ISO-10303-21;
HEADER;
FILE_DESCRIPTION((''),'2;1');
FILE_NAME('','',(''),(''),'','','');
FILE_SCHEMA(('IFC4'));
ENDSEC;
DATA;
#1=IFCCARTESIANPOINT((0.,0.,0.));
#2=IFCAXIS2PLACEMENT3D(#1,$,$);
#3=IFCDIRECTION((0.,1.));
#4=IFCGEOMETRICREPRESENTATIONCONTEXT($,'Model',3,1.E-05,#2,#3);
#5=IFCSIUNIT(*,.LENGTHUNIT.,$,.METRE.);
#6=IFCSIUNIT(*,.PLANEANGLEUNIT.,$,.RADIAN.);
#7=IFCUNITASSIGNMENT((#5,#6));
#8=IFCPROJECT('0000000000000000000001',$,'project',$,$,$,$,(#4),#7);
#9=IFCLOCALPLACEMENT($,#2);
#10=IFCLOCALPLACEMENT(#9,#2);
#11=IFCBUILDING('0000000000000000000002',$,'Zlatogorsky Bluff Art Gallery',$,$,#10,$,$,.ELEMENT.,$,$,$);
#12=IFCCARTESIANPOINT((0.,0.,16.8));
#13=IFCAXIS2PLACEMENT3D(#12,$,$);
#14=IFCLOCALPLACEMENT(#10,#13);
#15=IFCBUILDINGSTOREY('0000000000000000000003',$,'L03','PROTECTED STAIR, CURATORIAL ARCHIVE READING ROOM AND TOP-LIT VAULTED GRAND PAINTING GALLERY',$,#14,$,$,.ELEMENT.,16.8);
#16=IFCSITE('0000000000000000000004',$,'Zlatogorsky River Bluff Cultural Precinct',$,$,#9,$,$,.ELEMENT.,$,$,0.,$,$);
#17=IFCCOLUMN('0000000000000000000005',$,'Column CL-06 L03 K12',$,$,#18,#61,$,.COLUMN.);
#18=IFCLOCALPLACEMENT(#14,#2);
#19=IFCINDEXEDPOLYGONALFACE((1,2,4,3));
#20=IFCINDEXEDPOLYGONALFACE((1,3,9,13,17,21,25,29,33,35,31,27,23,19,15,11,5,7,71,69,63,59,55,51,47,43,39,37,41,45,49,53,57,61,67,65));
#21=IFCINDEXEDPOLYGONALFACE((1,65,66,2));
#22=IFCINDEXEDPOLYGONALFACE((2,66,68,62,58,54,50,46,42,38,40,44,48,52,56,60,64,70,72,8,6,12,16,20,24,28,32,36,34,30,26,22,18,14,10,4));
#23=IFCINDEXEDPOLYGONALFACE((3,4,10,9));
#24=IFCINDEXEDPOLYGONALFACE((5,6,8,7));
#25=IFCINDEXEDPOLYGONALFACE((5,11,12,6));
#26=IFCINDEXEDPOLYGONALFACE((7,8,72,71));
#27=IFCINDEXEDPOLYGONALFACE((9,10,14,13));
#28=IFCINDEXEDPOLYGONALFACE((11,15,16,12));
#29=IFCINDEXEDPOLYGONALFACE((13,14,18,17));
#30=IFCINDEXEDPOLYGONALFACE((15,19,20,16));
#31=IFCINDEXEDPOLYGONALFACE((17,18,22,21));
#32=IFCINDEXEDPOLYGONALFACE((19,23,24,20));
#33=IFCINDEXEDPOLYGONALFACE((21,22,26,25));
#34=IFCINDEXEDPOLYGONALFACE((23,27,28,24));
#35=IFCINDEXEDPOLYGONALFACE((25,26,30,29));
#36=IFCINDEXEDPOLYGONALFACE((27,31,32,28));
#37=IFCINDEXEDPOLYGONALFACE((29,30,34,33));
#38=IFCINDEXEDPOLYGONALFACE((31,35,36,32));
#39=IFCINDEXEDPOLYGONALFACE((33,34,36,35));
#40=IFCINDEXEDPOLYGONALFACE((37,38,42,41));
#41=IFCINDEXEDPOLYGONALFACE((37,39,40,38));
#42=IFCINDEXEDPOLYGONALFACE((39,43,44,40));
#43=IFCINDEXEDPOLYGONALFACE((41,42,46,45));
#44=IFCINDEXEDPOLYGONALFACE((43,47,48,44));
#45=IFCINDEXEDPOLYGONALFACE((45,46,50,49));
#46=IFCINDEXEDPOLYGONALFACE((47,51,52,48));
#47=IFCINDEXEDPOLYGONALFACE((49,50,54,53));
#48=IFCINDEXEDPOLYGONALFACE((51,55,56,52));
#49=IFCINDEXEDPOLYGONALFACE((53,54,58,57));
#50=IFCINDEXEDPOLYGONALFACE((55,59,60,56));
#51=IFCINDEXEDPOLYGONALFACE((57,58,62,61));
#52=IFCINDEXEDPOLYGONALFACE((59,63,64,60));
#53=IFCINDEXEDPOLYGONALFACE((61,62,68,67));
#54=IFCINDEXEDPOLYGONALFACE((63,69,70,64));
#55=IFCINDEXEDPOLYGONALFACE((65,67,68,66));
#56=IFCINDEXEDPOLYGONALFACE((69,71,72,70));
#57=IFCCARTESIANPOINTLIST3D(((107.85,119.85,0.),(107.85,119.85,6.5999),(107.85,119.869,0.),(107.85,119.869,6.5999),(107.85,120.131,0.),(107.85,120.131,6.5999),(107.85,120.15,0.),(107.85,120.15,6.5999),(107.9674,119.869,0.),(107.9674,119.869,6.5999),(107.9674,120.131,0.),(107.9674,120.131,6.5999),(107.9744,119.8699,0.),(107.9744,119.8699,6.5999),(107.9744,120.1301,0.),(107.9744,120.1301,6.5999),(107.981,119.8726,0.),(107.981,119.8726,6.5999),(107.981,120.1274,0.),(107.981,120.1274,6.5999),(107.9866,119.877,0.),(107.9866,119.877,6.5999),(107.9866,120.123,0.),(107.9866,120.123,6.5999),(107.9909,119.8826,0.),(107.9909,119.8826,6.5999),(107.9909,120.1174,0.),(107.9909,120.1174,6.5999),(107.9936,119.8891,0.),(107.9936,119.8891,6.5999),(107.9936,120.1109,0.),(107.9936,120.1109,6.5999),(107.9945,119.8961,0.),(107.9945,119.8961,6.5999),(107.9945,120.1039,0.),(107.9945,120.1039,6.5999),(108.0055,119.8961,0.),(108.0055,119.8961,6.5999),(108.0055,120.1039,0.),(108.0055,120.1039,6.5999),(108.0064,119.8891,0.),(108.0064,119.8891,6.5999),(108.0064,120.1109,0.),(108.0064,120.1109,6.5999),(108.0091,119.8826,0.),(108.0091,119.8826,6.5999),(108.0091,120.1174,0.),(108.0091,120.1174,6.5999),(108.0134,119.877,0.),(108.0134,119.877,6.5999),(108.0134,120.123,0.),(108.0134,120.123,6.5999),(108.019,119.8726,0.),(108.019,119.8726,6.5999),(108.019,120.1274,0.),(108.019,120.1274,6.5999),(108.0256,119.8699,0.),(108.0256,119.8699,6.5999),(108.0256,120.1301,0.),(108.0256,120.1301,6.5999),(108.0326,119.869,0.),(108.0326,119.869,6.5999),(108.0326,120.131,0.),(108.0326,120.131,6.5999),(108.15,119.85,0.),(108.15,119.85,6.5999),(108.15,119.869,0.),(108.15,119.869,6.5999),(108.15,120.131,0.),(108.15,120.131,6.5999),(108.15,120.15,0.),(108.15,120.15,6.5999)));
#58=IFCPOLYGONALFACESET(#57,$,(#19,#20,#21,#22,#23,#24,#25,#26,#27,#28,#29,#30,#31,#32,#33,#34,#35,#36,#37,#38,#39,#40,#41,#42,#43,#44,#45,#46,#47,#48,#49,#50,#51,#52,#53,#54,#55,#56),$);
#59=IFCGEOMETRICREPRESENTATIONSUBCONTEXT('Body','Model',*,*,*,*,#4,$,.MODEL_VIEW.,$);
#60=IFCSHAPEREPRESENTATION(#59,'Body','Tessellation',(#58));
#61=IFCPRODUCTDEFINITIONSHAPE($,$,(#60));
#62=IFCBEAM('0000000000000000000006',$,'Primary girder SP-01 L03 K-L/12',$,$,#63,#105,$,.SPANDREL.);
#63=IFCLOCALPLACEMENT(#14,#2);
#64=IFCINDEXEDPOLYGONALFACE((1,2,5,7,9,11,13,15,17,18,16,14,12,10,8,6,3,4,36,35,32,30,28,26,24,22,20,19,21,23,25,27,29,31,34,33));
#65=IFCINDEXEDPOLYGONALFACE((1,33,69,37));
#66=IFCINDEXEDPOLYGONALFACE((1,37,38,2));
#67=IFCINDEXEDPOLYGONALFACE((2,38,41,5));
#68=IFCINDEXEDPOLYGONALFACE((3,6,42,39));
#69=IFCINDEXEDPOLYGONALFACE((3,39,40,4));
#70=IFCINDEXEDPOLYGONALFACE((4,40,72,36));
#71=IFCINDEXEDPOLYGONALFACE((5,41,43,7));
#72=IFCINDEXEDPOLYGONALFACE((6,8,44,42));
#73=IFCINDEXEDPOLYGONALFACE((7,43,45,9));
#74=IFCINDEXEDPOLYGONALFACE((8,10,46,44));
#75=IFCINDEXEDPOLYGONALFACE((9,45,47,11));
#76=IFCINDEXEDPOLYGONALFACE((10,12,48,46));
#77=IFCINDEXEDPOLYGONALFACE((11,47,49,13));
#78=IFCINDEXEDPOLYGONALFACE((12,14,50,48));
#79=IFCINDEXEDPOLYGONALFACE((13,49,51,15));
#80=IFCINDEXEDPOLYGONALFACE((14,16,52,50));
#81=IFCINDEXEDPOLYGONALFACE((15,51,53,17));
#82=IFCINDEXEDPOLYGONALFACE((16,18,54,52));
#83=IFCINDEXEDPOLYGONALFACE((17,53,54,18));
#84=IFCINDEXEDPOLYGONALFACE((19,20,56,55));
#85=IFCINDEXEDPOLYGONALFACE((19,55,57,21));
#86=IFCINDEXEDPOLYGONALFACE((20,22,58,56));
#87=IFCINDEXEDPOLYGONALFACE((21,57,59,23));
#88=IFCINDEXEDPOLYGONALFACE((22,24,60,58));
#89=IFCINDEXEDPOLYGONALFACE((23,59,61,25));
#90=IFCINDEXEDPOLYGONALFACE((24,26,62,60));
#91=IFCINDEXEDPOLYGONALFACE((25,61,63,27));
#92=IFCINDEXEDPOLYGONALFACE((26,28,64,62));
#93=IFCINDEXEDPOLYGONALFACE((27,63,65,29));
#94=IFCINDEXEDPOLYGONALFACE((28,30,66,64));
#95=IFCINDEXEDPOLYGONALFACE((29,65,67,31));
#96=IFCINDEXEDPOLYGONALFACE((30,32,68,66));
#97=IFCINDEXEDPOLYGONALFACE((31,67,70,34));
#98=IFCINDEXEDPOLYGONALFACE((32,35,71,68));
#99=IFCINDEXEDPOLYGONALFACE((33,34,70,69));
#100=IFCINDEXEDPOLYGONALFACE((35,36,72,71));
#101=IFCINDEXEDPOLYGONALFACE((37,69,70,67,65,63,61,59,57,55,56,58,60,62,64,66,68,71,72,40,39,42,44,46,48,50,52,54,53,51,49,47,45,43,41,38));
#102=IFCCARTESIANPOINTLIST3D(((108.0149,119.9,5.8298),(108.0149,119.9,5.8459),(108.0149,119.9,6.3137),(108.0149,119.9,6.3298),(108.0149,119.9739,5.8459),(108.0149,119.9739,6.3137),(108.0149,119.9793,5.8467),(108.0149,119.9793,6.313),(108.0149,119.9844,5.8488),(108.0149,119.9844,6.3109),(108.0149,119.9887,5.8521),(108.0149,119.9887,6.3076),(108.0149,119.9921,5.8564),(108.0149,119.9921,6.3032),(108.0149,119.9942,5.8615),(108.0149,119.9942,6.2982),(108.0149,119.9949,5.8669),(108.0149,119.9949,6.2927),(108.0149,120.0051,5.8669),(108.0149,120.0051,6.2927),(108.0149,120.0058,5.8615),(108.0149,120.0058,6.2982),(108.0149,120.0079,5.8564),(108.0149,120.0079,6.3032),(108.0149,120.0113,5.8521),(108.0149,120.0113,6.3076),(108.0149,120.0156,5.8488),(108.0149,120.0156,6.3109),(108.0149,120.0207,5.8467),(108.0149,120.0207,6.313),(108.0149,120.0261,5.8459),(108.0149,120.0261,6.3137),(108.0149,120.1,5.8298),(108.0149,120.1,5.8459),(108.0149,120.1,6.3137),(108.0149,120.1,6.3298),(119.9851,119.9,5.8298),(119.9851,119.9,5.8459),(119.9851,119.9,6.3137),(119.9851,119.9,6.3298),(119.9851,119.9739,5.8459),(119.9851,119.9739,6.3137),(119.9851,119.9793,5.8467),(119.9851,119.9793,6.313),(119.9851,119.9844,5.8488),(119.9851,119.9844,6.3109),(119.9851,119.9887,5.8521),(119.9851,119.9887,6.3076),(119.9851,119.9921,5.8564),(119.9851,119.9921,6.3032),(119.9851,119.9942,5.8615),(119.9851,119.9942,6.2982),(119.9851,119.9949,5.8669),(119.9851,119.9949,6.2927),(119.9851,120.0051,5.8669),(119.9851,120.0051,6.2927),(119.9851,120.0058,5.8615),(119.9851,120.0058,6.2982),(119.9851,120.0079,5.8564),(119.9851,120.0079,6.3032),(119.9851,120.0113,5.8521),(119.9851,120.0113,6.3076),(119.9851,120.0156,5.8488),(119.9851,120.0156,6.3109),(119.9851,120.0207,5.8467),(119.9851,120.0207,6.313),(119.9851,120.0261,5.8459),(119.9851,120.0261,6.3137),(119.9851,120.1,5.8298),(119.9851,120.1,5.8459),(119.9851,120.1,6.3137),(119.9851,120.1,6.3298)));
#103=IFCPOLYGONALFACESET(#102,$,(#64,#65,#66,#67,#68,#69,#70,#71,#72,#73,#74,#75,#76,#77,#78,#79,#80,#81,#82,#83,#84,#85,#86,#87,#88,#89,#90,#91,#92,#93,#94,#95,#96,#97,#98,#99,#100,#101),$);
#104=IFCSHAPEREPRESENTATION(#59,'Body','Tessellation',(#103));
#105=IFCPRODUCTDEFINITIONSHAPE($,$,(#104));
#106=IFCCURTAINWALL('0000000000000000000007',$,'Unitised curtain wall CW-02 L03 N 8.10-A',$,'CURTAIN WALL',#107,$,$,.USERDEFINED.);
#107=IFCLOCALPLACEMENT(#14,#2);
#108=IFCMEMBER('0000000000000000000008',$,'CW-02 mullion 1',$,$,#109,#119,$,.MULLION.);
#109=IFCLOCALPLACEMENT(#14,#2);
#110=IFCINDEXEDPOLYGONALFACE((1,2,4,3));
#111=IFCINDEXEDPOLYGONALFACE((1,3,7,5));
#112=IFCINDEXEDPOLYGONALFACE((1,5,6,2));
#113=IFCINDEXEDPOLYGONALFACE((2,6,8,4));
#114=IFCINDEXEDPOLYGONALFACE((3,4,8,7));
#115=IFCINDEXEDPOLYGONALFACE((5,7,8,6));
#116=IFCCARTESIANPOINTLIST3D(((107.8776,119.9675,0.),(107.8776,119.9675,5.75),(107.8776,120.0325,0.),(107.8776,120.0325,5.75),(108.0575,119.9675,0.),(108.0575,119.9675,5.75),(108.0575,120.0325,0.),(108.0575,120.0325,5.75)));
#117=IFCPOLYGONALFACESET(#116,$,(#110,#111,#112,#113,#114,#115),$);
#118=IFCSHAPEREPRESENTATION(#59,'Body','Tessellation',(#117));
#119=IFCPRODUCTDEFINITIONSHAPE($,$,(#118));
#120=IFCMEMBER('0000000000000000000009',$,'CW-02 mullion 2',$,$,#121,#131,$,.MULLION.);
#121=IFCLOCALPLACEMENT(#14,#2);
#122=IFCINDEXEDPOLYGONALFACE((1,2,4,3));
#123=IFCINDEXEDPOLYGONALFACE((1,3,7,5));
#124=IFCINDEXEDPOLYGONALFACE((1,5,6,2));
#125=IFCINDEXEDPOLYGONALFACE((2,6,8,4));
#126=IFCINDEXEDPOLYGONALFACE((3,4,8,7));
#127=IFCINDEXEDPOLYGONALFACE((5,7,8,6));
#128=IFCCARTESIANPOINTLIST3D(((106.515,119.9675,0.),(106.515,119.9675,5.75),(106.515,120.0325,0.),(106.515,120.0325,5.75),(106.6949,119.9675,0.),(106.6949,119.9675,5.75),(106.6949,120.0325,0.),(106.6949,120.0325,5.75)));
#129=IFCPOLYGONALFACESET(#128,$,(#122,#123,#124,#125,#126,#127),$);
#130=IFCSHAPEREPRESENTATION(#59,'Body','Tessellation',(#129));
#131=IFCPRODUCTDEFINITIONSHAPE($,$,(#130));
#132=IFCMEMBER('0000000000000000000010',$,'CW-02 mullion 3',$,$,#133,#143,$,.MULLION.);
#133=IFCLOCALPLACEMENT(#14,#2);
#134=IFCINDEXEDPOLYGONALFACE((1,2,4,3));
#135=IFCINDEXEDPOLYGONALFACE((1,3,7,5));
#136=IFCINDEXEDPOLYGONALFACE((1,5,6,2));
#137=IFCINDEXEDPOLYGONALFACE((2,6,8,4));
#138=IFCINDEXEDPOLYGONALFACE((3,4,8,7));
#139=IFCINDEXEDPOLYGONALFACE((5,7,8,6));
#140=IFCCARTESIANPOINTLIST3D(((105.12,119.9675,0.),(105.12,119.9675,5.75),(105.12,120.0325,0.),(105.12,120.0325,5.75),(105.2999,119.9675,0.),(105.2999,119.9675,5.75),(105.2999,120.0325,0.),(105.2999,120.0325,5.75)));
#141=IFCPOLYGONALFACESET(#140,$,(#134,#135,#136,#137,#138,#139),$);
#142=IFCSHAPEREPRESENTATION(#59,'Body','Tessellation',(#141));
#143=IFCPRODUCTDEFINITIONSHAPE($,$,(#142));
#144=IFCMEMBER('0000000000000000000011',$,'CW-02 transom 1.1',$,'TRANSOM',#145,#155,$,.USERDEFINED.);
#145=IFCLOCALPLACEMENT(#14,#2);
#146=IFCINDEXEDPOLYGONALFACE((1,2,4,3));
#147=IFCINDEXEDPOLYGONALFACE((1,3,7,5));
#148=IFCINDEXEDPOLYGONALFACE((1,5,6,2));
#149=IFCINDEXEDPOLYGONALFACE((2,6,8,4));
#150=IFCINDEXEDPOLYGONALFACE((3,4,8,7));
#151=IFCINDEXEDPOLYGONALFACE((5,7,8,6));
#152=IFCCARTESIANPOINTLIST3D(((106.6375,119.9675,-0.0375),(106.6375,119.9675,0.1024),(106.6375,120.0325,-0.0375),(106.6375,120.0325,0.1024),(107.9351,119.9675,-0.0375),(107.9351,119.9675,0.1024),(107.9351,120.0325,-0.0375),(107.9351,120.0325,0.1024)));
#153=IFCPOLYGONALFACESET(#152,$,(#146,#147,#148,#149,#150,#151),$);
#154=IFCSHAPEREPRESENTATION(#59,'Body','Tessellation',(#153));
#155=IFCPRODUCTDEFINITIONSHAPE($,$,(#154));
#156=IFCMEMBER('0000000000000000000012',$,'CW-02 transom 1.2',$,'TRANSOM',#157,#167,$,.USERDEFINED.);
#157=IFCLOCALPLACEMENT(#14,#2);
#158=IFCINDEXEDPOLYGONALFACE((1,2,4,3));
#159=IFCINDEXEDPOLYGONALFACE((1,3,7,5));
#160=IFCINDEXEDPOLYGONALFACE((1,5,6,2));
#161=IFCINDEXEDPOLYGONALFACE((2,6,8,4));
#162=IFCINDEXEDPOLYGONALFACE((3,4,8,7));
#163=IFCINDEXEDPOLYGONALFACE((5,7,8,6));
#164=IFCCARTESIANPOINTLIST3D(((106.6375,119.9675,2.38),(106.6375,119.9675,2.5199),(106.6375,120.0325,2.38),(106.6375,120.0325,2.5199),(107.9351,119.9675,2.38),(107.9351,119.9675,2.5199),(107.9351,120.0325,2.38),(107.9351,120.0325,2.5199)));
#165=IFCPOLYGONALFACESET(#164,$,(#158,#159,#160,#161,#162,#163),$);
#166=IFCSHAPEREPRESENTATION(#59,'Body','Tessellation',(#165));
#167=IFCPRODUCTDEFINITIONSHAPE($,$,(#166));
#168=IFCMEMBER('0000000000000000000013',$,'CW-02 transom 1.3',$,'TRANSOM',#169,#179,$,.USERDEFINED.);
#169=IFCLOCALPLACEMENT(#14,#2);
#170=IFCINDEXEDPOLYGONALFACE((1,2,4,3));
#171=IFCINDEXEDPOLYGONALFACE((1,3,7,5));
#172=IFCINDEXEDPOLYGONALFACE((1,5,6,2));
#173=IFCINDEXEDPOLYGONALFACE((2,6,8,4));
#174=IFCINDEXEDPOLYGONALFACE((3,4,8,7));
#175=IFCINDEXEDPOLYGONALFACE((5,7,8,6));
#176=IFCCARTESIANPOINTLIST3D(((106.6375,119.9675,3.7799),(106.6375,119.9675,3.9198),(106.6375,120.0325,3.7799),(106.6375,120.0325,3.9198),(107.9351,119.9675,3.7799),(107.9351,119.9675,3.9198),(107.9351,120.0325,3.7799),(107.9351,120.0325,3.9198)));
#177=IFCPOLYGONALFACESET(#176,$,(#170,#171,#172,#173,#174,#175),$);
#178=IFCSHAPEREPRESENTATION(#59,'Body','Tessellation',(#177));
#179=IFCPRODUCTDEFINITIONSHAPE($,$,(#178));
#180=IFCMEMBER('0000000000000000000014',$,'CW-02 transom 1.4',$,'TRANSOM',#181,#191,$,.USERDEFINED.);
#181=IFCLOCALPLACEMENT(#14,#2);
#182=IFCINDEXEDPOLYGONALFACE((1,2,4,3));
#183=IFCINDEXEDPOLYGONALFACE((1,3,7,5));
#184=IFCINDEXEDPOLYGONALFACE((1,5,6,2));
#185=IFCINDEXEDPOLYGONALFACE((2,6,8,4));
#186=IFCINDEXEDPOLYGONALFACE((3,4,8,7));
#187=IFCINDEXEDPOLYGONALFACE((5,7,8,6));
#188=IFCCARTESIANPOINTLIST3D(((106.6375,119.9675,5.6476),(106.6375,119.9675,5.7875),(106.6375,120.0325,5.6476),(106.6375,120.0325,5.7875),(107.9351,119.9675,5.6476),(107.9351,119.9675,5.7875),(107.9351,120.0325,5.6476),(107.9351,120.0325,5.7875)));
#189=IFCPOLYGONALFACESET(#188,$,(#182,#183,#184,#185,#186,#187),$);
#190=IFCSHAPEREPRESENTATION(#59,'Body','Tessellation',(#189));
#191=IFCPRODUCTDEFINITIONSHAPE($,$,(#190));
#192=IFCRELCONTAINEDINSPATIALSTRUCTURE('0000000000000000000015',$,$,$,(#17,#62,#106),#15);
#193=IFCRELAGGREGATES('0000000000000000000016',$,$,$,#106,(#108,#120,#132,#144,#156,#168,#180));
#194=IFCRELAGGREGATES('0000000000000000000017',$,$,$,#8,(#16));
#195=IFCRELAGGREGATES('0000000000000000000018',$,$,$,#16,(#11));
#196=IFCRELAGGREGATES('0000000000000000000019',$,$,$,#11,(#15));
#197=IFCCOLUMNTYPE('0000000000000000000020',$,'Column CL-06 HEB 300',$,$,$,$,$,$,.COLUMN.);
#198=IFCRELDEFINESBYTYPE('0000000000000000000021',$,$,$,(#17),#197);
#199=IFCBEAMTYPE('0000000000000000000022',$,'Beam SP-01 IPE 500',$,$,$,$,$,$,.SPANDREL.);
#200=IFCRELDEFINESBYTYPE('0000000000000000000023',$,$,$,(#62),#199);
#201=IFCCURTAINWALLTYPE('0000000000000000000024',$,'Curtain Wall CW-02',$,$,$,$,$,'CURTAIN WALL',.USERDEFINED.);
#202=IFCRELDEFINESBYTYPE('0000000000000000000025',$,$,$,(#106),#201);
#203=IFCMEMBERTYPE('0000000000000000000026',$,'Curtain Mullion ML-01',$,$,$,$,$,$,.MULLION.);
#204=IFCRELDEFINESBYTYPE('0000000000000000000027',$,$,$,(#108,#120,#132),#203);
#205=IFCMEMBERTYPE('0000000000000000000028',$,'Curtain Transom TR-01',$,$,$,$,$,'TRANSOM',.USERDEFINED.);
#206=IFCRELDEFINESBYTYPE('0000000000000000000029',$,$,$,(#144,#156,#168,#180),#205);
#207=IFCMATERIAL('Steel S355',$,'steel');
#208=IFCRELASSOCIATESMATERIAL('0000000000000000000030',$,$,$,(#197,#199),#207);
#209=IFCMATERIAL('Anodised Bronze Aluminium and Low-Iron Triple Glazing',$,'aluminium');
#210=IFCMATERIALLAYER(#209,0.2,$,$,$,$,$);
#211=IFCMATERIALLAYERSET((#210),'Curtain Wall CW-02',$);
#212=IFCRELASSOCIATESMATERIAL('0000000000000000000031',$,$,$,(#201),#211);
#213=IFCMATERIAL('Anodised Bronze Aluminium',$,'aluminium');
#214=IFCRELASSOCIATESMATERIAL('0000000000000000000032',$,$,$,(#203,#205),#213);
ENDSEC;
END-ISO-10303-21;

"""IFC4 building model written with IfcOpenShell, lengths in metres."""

from ifc_helpers import new_model, si_unit, direction, frame, origin, origin_2d, place, context, subcontext, project, spatial, rectangle, i_section, extrude, material, layer, layer_set, material_profile, profile_set, type_object, element, aggregate, save


model = new_model("IFC4")

# Units and contexts
model_context = context("Model", 3, precision=1e-05, world=origin(), true_north=direction((0.0, 1.0)))
body_context = subcontext(model_context, "Body", "Model", "MODEL_VIEW")
ifc_project = project(units=[si_unit("LENGTHUNIT", "METRE"), si_unit("PLANEANGLEUNIT", "RADIAN")], contexts=[model_context])

# Site, building, storey
site_placement = place(None, origin())
site = spatial("IfcSite", under=ifc_project, at=site_placement, Name="Zlatogorsky River Bluff Cultural Precinct", CompositionType="ELEMENT", RefElevation=0.0)
building_placement = place(site_placement, origin())
building = spatial("IfcBuilding", under=site, at=building_placement, Name="Zlatogorsky Bluff Art Gallery", CompositionType="ELEMENT")
storey_placement = place(building_placement, frame((0.0, 0.0, 16.8)))
storey = spatial("IfcBuildingStorey", under=building, at=storey_placement, Name="L03", Description="PROTECTED STAIR, CURATORIAL ARCHIVE READING ROOM AND TOP-LIT VAULTED GRAND PAINTING GALLERY", CompositionType="ELEMENT", Elevation=16.8)

# Column
ifc_material_1 = material(Name="Steel S355", Category="steel")
ifc_material_profile_1 = material_profile(ifc_material_1, i_section(OverallWidth=0.3, OverallDepth=0.3, WebThickness=0.011, FlangeThickness=0.019, FilletRadius=0.0271, at=origin_2d()), Name="HEB 300")
ifc_profile_set_1 = profile_set([ifc_material_profile_1], Name="Steel S355")
column_type = type_object("IfcColumnType", Name="Column CL-06 HEB 300", PredefinedType="COLUMN", material=ifc_profile_set_1)
column_placement = place(storey_placement, frame((108.0, 120.0, 0.0), z_axis=(0.0, 0.0, 1.0), x_axis=(1.0, 0.0, 0.0)))
element("IfcColumn", 1, at=column_placement, inside=storey, type_object=column_type, Name="Column CL-06 L03 K12", PredefinedType="COLUMN", context=body_context, shape_type="SweptSolid", body=[
    extrude(i_section(OverallWidth=0.3, OverallDepth=0.3, WebThickness=0.011, FlangeThickness=0.019, FilletRadius=0.0271, at=origin_2d()), origin(), (0.0, 0.0, 1.0), 6.5999),
])

# Beam
ifc_material_profile_2 = material_profile(ifc_material_1, i_section(OverallWidth=0.2, OverallDepth=0.5, WebThickness=0.0103, FlangeThickness=0.0161, FilletRadius=0.021, at=origin_2d()), Name="IPE 500")
ifc_profile_set_2 = profile_set([ifc_material_profile_2], Name="Steel S355")
beam_type = type_object("IfcBeamType", Name="Beam SP-01 IPE 500", PredefinedType="SPANDREL", material=ifc_profile_set_2)
beam_placement = place(storey_placement, frame((108.0149, 120.0, 6.0798), z_axis=(1.0, 0.0, 0.0), x_axis=(0.0, 1.0, 0.0)))
element("IfcBeam", 2, at=beam_placement, inside=storey, type_object=beam_type, Name="Primary girder SP-01 L03 K-L/12", PredefinedType="SPANDREL", context=body_context, shape_type="SweptSolid", body=[
    extrude(i_section(OverallWidth=0.2, OverallDepth=0.5, WebThickness=0.0103, FlangeThickness=0.0161, FilletRadius=0.021, at=origin_2d()), origin(), (0.0, 0.0, 1.0), 11.9702),
])

# Curtain wall, members
ifc_material_2 = material(Name="Anodised Bronze Aluminium and Low-Iron Triple Glazing", Category="aluminium")
ifc_layer_1 = layer(ifc_material_2, 0.2)
ifc_layer_set_1 = layer_set([ifc_layer_1], Name="Curtain Wall CW-02")
curtain_wall_type = type_object("IfcCurtainWallType", Name="Curtain Wall CW-02", ElementType="CURTAIN WALL", PredefinedType="USERDEFINED", material=ifc_layer_set_1)
curtain_wall_placement = place(storey_placement, origin())
curtain_wall = element("IfcCurtainWall", 3, at=curtain_wall_placement, inside=storey, type_object=curtain_wall_type, Name="Unitised curtain wall CW-02 L03 N 8.10-A", ObjectType="CURTAIN WALL", PredefinedType="USERDEFINED")
ifc_material_3 = material(Name="Anodised Bronze Aluminium", Category="aluminium")
ifc_material_profile_3 = material_profile(ifc_material_3, rectangle(XDim=0.0649, YDim=0.1799, at=origin_2d()), Name="ALU MULLION 65x180")
ifc_profile_set_3 = profile_set([ifc_material_profile_3], Name="Anodised Bronze Aluminium")
member_type_1 = type_object("IfcMemberType", Name="Curtain Mullion ML-01", PredefinedType="MULLION", material=ifc_profile_set_3)
member_1_placement = place(storey_placement, frame((107.9675, 120.0, 0.0), z_axis=(0.0, 0.0, 1.0), x_axis=(0.0, -1.0, 0.0)))
member_1 = element("IfcMember", 4, at=member_1_placement, type_object=member_type_1, Name="CW-02 mullion 1", PredefinedType="MULLION", context=body_context, shape_type="SweptSolid", body=[
    extrude(rectangle(XDim=0.0649, YDim=0.1799, at=origin_2d()), origin(), (0.0, 0.0, 1.0), 5.75),
])
member_2_placement = place(storey_placement, frame((106.605, 120.0, 0.0), z_axis=(0.0, 0.0, 1.0), x_axis=(0.0, -1.0, 0.0)))
member_2 = element("IfcMember", 5, at=member_2_placement, type_object=member_type_1, Name="CW-02 mullion 2", PredefinedType="MULLION", context=body_context, shape_type="SweptSolid", body=[
    extrude(rectangle(XDim=0.0649, YDim=0.1799, at=origin_2d()), origin(), (0.0, 0.0, 1.0), 5.75),
])
member_3_placement = place(storey_placement, frame((105.21, 120.0, 0.0), z_axis=(0.0, 0.0, 1.0), x_axis=(0.0, -1.0, 0.0)))
member_3 = element("IfcMember", 6, at=member_3_placement, type_object=member_type_1, Name="CW-02 mullion 3", PredefinedType="MULLION", context=body_context, shape_type="SweptSolid", body=[
    extrude(rectangle(XDim=0.0649, YDim=0.1799, at=origin_2d()), origin(), (0.0, 0.0, 1.0), 5.75),
])
ifc_material_profile_4 = material_profile(ifc_material_3, rectangle(XDim=0.0649, YDim=0.1399, at=origin_2d()), Name="ALU TRANSOM 65x140")
ifc_profile_set_4 = profile_set([ifc_material_profile_4], Name="Anodised Bronze Aluminium")
member_type_2 = type_object("IfcMemberType", Name="Curtain Transom TR-01", ElementType="TRANSOM", PredefinedType="USERDEFINED", material=ifc_profile_set_4)
member_4_placement = place(storey_placement, frame((107.9351, 120.0, 0.0325), z_axis=(-1.0, 0.0, 0.0), x_axis=(0.0, -1.0, 0.0)))
member_4 = element("IfcMember", 7, at=member_4_placement, type_object=member_type_2, Name="CW-02 transom 1.1", ObjectType="TRANSOM", PredefinedType="USERDEFINED", context=body_context, shape_type="SweptSolid", body=[
    extrude(rectangle(XDim=0.0649, YDim=0.1399, at=origin_2d()), origin(), (0.0, 0.0, 1.0), 1.2976),
])
member_5_placement = place(storey_placement, frame((107.9351, 120.0, 2.45), z_axis=(-1.0, 0.0, 0.0), x_axis=(0.0, -1.0, 0.0)))
member_5 = element("IfcMember", 8, at=member_5_placement, type_object=member_type_2, Name="CW-02 transom 1.2", ObjectType="TRANSOM", PredefinedType="USERDEFINED", context=body_context, shape_type="SweptSolid", body=[
    extrude(rectangle(XDim=0.0649, YDim=0.1399, at=origin_2d()), origin(), (0.0, 0.0, 1.0), 1.2976),
])
member_6_placement = place(storey_placement, frame((107.9351, 120.0, 3.8499), z_axis=(-1.0, 0.0, 0.0), x_axis=(0.0, -1.0, 0.0)))
member_6 = element("IfcMember", 9, at=member_6_placement, type_object=member_type_2, Name="CW-02 transom 1.3", ObjectType="TRANSOM", PredefinedType="USERDEFINED", context=body_context, shape_type="SweptSolid", body=[
    extrude(rectangle(XDim=0.0649, YDim=0.1399, at=origin_2d()), origin(), (0.0, 0.0, 1.0), 1.2976),
])
member_7_placement = place(storey_placement, frame((107.9351, 120.0, 5.7175), z_axis=(-1.0, 0.0, 0.0), x_axis=(0.0, -1.0, 0.0)))
member_7 = element("IfcMember", 10, at=member_7_placement, type_object=member_type_2, Name="CW-02 transom 1.4", ObjectType="TRANSOM", PredefinedType="USERDEFINED", context=body_context, shape_type="SweptSolid", body=[
    extrude(rectangle(XDim=0.0649, YDim=0.1399, at=origin_2d()), origin(), (0.0, 0.0, 1.0), 1.2976),
])
aggregate(curtain_wall, [member_1, member_2, member_3, member_4, member_5, member_6, member_7])

save(model, "model.ifc")
